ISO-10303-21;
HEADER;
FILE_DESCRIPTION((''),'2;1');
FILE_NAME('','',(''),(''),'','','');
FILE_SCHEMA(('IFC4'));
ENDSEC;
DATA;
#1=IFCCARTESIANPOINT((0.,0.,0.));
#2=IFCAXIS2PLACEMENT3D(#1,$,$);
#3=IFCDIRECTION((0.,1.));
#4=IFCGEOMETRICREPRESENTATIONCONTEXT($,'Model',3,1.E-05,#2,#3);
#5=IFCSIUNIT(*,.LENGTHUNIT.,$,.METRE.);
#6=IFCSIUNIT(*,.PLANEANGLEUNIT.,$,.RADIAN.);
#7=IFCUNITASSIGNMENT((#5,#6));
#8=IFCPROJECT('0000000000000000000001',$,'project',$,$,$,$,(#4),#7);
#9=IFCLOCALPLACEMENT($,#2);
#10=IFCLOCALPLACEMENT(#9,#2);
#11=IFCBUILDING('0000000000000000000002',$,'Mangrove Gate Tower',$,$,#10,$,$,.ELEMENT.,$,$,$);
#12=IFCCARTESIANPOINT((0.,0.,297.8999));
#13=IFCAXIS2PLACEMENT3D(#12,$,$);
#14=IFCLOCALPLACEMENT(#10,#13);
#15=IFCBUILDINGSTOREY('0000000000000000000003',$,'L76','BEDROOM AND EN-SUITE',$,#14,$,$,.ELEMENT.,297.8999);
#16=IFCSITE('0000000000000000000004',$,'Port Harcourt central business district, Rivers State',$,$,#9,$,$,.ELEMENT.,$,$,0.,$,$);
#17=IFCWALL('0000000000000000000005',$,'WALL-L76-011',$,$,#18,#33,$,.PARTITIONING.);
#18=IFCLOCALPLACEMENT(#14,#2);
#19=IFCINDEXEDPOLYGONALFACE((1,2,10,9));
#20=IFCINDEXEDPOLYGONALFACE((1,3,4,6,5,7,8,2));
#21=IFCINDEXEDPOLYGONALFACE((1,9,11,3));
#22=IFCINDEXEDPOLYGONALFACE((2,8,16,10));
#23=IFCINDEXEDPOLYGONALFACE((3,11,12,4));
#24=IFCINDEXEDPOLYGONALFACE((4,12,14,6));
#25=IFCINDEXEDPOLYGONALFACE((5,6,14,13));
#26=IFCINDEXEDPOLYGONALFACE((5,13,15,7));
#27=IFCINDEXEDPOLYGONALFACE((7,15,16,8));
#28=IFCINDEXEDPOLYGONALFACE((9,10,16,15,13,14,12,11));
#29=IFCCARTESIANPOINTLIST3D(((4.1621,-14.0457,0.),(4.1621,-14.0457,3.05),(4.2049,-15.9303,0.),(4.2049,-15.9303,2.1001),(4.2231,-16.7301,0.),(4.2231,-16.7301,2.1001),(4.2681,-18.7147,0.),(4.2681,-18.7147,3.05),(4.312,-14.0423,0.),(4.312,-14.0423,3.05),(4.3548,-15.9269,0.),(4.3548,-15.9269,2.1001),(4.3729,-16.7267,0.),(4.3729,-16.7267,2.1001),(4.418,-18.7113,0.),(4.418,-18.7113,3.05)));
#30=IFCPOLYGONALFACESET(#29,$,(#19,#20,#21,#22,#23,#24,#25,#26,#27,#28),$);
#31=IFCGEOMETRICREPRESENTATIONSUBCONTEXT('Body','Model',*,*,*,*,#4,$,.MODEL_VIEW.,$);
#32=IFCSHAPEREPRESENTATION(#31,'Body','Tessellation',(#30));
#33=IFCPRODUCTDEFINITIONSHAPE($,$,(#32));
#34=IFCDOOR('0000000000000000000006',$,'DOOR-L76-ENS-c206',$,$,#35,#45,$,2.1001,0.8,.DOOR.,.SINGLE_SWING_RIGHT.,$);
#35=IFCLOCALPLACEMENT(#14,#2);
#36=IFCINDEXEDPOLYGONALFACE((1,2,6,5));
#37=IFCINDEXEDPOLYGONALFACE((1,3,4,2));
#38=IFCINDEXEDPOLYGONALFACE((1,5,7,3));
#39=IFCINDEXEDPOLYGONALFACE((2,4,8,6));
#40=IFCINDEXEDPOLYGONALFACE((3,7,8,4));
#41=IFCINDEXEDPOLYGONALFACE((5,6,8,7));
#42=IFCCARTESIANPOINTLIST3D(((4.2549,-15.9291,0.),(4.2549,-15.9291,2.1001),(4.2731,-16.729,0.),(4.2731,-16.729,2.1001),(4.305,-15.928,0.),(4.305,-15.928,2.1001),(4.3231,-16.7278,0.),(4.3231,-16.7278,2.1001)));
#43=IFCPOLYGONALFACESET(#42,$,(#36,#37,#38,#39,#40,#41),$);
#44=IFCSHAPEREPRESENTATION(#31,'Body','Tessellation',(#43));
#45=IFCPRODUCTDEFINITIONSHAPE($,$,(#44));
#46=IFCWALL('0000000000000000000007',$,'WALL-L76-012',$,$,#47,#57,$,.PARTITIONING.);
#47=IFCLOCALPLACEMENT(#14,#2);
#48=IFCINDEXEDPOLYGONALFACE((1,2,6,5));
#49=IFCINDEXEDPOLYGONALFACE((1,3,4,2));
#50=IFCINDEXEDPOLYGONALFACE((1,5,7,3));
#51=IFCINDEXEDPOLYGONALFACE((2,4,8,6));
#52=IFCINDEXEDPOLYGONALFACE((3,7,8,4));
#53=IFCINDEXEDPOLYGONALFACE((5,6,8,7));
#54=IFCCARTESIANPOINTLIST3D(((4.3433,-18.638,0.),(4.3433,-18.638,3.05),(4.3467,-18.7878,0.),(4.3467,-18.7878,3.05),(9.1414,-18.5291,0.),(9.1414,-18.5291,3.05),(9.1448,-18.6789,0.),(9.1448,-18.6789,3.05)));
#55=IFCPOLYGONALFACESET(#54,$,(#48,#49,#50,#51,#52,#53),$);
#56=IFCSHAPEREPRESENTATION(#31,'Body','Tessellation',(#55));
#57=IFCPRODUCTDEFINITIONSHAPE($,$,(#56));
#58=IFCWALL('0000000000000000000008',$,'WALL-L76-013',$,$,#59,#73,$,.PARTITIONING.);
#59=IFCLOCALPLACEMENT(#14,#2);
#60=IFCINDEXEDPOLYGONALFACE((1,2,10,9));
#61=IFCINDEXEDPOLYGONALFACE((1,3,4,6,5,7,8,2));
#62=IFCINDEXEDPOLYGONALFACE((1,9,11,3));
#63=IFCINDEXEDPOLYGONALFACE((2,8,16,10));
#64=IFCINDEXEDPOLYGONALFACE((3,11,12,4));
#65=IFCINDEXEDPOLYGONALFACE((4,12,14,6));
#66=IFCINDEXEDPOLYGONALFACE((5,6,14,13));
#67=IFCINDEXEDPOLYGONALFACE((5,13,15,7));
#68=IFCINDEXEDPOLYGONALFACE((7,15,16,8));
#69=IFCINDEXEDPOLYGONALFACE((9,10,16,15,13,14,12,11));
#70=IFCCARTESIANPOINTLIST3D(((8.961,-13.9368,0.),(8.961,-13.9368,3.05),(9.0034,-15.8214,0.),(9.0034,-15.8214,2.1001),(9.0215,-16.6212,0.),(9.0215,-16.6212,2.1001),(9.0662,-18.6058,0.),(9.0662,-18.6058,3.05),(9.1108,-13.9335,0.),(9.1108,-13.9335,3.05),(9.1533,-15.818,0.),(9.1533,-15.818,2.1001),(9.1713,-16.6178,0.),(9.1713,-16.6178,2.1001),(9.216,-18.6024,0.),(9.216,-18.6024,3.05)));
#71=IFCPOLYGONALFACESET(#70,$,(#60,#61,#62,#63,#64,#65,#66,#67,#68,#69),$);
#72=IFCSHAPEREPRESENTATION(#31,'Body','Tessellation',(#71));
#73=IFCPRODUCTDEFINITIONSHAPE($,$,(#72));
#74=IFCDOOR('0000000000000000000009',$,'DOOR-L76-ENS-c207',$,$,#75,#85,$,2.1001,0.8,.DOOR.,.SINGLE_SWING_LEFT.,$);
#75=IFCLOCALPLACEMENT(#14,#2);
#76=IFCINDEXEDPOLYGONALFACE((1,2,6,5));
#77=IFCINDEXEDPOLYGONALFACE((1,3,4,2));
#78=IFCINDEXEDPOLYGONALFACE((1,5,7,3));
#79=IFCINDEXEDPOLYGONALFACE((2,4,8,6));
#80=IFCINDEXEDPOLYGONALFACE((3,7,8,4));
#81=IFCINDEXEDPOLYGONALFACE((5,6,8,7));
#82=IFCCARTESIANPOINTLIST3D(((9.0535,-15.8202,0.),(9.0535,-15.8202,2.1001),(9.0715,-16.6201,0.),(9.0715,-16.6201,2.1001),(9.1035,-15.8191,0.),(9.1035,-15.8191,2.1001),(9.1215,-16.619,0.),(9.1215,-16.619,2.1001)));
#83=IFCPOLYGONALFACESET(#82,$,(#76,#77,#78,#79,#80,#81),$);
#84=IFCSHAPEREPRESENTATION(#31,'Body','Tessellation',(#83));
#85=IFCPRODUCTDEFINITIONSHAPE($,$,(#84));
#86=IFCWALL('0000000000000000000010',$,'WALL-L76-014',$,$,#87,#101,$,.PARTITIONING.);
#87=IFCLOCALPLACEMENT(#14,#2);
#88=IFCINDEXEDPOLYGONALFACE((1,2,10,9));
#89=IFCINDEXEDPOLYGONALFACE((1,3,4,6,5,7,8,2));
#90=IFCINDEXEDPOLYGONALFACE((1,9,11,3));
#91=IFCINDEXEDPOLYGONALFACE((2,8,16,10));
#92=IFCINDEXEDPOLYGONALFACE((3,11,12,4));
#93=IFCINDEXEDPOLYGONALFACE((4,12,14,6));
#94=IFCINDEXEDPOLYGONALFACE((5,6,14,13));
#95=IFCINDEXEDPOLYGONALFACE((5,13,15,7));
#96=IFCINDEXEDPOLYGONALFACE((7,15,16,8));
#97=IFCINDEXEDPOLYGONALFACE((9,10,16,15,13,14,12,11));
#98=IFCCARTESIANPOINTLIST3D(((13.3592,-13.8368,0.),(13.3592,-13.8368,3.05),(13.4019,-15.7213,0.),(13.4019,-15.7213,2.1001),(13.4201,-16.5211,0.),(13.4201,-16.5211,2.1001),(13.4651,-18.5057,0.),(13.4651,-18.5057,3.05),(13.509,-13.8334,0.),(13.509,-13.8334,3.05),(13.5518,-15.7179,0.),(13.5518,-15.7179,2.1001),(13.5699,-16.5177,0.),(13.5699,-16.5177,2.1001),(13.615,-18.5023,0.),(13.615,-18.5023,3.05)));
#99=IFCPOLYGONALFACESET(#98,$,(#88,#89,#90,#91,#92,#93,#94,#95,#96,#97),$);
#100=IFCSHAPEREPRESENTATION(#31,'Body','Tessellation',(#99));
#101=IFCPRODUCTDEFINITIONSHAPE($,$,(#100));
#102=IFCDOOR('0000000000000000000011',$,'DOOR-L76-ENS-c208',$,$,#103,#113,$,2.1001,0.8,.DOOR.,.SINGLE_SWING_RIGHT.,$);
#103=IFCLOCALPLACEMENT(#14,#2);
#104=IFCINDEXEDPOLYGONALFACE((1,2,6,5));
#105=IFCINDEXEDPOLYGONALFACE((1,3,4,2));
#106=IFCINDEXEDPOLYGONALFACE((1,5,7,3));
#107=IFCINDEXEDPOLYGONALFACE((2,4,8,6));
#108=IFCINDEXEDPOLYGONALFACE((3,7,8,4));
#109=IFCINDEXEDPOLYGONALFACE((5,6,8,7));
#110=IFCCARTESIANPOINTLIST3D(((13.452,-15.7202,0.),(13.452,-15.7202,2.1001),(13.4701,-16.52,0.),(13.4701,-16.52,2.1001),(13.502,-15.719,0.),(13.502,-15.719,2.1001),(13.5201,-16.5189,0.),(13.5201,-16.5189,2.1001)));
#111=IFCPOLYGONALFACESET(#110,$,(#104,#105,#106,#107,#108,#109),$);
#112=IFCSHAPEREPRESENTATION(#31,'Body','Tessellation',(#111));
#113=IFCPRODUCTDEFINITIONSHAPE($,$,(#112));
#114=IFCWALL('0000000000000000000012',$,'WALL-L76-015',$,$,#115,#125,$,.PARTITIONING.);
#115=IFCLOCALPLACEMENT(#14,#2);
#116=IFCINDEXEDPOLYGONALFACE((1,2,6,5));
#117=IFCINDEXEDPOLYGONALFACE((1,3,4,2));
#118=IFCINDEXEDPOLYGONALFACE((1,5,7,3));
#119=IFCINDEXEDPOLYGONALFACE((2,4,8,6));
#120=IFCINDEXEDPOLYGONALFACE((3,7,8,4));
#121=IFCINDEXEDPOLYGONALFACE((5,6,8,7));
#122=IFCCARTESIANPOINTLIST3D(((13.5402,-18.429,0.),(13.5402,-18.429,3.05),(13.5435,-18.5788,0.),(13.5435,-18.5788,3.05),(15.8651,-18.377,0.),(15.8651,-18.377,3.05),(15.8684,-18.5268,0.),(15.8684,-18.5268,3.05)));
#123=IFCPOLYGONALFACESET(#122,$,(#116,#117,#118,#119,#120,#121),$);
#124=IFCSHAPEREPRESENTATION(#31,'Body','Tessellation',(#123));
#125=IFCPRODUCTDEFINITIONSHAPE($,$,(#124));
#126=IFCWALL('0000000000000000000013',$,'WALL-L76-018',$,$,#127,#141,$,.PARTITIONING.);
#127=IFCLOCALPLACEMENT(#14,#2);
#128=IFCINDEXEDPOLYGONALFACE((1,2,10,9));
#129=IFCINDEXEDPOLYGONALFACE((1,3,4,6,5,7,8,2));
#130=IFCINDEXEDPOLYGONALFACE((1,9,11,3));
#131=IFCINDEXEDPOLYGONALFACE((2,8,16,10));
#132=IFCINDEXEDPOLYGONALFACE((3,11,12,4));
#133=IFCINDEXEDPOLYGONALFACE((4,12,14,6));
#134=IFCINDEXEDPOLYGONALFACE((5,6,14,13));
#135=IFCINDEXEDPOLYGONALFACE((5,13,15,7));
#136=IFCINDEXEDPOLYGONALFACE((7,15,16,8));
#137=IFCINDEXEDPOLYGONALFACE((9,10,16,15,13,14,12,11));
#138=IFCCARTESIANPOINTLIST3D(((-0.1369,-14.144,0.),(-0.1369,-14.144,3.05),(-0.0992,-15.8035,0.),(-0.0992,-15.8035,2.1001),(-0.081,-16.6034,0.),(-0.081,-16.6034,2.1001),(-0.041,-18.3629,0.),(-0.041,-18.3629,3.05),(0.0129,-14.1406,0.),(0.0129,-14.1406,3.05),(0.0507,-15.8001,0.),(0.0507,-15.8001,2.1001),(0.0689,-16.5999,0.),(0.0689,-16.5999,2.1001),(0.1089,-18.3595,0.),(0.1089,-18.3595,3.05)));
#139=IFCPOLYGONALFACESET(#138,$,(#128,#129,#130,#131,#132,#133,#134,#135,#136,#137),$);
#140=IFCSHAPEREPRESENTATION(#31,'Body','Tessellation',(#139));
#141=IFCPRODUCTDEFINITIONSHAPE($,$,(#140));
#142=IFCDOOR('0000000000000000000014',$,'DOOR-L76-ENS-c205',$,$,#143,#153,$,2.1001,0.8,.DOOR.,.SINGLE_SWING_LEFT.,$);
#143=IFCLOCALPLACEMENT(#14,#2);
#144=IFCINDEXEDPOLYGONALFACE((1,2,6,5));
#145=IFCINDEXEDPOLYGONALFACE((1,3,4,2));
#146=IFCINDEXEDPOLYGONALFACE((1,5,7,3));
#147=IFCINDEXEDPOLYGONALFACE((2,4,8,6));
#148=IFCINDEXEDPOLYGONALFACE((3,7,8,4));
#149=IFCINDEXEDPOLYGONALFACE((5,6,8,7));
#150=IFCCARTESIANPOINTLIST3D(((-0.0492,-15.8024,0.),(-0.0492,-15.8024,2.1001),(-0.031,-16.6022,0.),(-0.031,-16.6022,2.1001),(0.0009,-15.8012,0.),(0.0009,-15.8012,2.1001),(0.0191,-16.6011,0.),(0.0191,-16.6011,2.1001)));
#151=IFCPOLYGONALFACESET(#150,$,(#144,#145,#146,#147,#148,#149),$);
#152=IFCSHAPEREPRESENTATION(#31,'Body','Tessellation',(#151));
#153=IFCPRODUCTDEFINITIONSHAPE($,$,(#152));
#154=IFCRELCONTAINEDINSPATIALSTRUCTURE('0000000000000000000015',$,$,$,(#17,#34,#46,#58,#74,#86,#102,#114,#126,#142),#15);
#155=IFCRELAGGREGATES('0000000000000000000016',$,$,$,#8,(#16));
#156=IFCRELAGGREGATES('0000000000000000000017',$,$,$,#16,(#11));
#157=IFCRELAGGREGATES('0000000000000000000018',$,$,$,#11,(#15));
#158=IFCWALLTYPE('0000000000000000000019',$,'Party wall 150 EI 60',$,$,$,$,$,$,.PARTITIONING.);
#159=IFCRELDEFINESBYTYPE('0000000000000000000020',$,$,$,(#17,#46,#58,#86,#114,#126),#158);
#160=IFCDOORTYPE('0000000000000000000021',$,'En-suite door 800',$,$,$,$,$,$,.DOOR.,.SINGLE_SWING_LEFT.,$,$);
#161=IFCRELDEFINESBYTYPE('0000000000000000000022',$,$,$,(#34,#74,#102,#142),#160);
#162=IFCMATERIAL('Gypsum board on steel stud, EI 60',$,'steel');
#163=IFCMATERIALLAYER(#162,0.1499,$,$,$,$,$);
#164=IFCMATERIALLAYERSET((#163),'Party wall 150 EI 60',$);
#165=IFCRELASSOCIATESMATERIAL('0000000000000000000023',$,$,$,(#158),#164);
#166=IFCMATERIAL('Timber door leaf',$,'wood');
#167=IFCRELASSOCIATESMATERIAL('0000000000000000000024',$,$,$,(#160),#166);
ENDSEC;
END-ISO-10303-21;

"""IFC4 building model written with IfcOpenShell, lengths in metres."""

from ifc_helpers import new_model, si_unit, direction, frame, frame_2d, origin, place, context, subcontext, project, spatial, rectangle, extrude, material, layer, layer_set, type_object, element, fill, save


model = new_model("IFC4")

# Units and contexts
model_context = context("Model", 3, precision=1e-05, world=origin(), true_north=direction((0.0, 1.0)))
body_context = subcontext(model_context, "Body", "Model", "MODEL_VIEW")
ifc_project = project(units=[si_unit("LENGTHUNIT", "METRE"), si_unit("PLANEANGLEUNIT", "RADIAN")], contexts=[model_context])

# Site, building, storey
site_placement = place(None, origin())
site = spatial("IfcSite", under=ifc_project, at=site_placement, Name="Port Harcourt central business district, Rivers State", CompositionType="ELEMENT", RefElevation=0.0)
building_placement = place(site_placement, origin())
building = spatial("IfcBuilding", under=site, at=building_placement, Name="Mangrove Gate Tower", CompositionType="ELEMENT")
storey_placement = place(building_placement, frame((0.0, 0.0, 297.8999)))
storey = spatial("IfcBuildingStorey", under=building, at=storey_placement, Name="L76", Description="BEDROOM AND EN-SUITE", CompositionType="ELEMENT", Elevation=297.8999)

# Shared definitions
ifc_material_1 = material(Name="Gypsum board on steel stud, EI 60", Category="steel")
ifc_layer_1 = layer(ifc_material_1, 0.1499)
ifc_layer_set_1 = layer_set([ifc_layer_1], Name="Party wall 150 EI 60")
wall_type_1 = type_object("IfcWallType", Name="Party wall 150 EI 60", PredefinedType="PARTITIONING", material=ifc_layer_set_1)

# Wall, opening, door
wall_1_placement = place(storey_placement, frame((4.343, -18.7129, 0.0), z_axis=(0.0, 0.0, 1.0), x_axis=(-0.022688, 0.999743, 0.0)))
wall_1 = element("IfcWall", 1, at=wall_1_placement, inside=storey, type_object=wall_type_1, Name="WALL-L76-011", PredefinedType="PARTITIONING", context=body_context, shape_type="SweptSolid", body=[
    extrude(rectangle(XDim=4.6702, YDim=0.1499, at=frame_2d((2.335, 0.0))), origin(), (0.0, 0.0, 1.0), 3.05),
])
opening_1_placement = place(wall_1_placement, frame((1.9851, 0.0, 0.0)))
opening_1 = element("IfcOpeningElement", 2, at=opening_1_placement, cuts=wall_1, PredefinedType="OPENING", context=body_context, shape_type="SweptSolid", body=[
    extrude(rectangle(XDim=0.8, YDim=2.1001, at=frame_2d((0.3999, 1.05))), frame((0.0, 0.085, 0.0), z_axis=(0.0, -1.0, 0.0), x_axis=(1.0, 0.0, 0.0)), (0.0, 0.0, 1.0), 0.1699),
])
ifc_material_2 = material(Name="Timber door leaf", Category="wood")
door_type_1 = type_object("IfcDoorType", Name="En-suite door 800", OperationType="SINGLE_SWING_LEFT", PredefinedType="DOOR", material=ifc_material_2)
door_1_placement = place(opening_1_placement, origin())
door_1 = element("IfcDoor", 3, at=door_1_placement, inside=storey, type_object=door_type_1, Name="DOOR-L76-ENS-c206", OperationType="SINGLE_SWING_RIGHT", OverallHeight=2.1001, OverallWidth=0.8, PredefinedType="DOOR", context=body_context, shape_type="SweptSolid", body=[
    extrude(rectangle(XDim=0.8, YDim=2.1001, at=frame_2d((0.3999, 1.05))), frame((0.0, 0.0249, 0.0), z_axis=(0.0, -1.0, 0.0), x_axis=(1.0, 0.0, 0.0)), (0.0, 0.0, 1.0), 0.05),
])
fill(opening_1, door_1)

# Wall
wall_2_placement = place(storey_placement, frame((4.345, -18.7129, 0.0), z_axis=(0.0, 0.0, 1.0), x_axis=(0.999743, 0.022688, 0.0)))
element("IfcWall", 4, at=wall_2_placement, inside=storey, type_object=wall_type_1, Name="WALL-L76-012", PredefinedType="PARTITIONING", context=body_context, shape_type="SweptSolid", body=[
    extrude(rectangle(XDim=4.7993, YDim=0.1499, at=frame_2d((2.3997, 0.0))), origin(), (0.0, 0.0, 1.0), 3.05),
])

# Walls, openings, doors
wall_3_placement = place(storey_placement, frame((9.1411, -18.604, 0.0), z_axis=(0.0, 0.0, 1.0), x_axis=(-0.022531, 0.999746, 0.0)))
wall_3 = element("IfcWall", 5, at=wall_3_placement, inside=storey, type_object=wall_type_1, Name="WALL-L76-013", PredefinedType="PARTITIONING", context=body_context, shape_type="SweptSolid", body=[
    extrude(rectangle(XDim=4.6702, YDim=0.1499, at=frame_2d((2.335, 0.0))), origin(), (0.0, 0.0, 1.0), 3.05),
])
opening_2_placement = place(wall_3_placement, frame((1.9851, 0.0, 0.0)))
opening_2 = element("IfcOpeningElement", 6, at=opening_2_placement, cuts=wall_3, PredefinedType="OPENING", context=body_context, shape_type="SweptSolid", body=[
    extrude(rectangle(XDim=0.8, YDim=2.1001, at=frame_2d((0.3999, 1.05))), frame((0.0, 0.085, 0.0), z_axis=(0.0, -1.0, 0.0), x_axis=(1.0, 0.0, 0.0)), (0.0, 0.0, 1.0), 0.1699),
])
door_2_placement = place(opening_2_placement, origin())
door_2 = element("IfcDoor", 7, at=door_2_placement, inside=storey, type_object=door_type_1, Name="DOOR-L76-ENS-c207", OperationType="SINGLE_SWING_LEFT", OverallHeight=2.1001, OverallWidth=0.8, PredefinedType="DOOR", context=body_context, shape_type="SweptSolid", body=[
    extrude(rectangle(XDim=0.8, YDim=2.1001, at=frame_2d((0.3999, 1.05))), frame((0.0, 0.0249, 0.0), z_axis=(0.0, -1.0, 0.0), x_axis=(1.0, 0.0, 0.0)), (0.0, 0.0, 1.0), 0.05),
])
fill(opening_2, door_2)
wall_4_placement = place(storey_placement, frame((13.54, -18.5039, 0.0), z_axis=(0.0, 0.0, 1.0), x_axis=(-0.022688, 0.999743, 0.0)))
wall_4 = element("IfcWall", 8, at=wall_4_placement, inside=storey, type_object=wall_type_1, Name="WALL-L76-014", PredefinedType="PARTITIONING", context=body_context, shape_type="SweptSolid", body=[
    extrude(rectangle(XDim=4.6702, YDim=0.1499, at=frame_2d((2.335, 0.0))), origin(), (0.0, 0.0, 1.0), 3.05),
])
opening_3_placement = place(wall_4_placement, frame((1.9851, 0.0, 0.0)))
opening_3 = element("IfcOpeningElement", 9, at=opening_3_placement, cuts=wall_4, PredefinedType="OPENING", context=body_context, shape_type="SweptSolid", body=[
    extrude(rectangle(XDim=0.8, YDim=2.1001, at=frame_2d((0.3999, 1.05))), frame((0.0, 0.085, 0.0), z_axis=(0.0, -1.0, 0.0), x_axis=(1.0, 0.0, 0.0)), (0.0, 0.0, 1.0), 0.1699),
])
door_3_placement = place(opening_3_placement, origin())
door_3 = element("IfcDoor", 10, at=door_3_placement, inside=storey, type_object=door_type_1, Name="DOOR-L76-ENS-c208", OperationType="SINGLE_SWING_RIGHT", OverallHeight=2.1001, OverallWidth=0.8, PredefinedType="DOOR", context=body_context, shape_type="SweptSolid", body=[
    extrude(rectangle(XDim=0.8, YDim=2.1001, at=frame_2d((0.3999, 1.05))), frame((0.0, 0.0249, 0.0), z_axis=(0.0, -1.0, 0.0), x_axis=(1.0, 0.0, 0.0)), (0.0, 0.0, 1.0), 0.05),
])
fill(opening_3, door_3)

# Wall
wall_5_placement = place(storey_placement, frame((13.542, -18.5039, 0.0), z_axis=(0.0, 0.0, 1.0), x_axis=(0.99975, 0.022361, 0.0)))
element("IfcWall", 11, at=wall_5_placement, inside=storey, type_object=wall_type_1, Name="WALL-L76-015", PredefinedType="PARTITIONING", context=body_context, shape_type="SweptSolid", body=[
    extrude(rectangle(XDim=2.3254, YDim=0.1499, at=frame_2d((1.1626, 0.0))), origin(), (0.0, 0.0, 1.0), 3.05),
])

# Wall, opening, door
wall_6_placement = place(storey_placement, frame((0.0339, -18.3611, 0.0), z_axis=(0.0, 0.0, 1.0), x_axis=(-0.022736, 0.999742, 0.0)))
wall_6 = element("IfcWall", 12, at=wall_6_placement, inside=storey, type_object=wall_type_1, Name="WALL-L76-018", PredefinedType="PARTITIONING", context=body_context, shape_type="SweptSolid", body=[
    extrude(rectangle(XDim=4.22, YDim=0.1499, at=frame_2d((2.1099, 0.0))), origin(), (0.0, 0.0, 1.0), 3.05),
])
opening_4_placement = place(wall_6_placement, frame((1.76, 0.0, 0.0)))
opening_4 = element("IfcOpeningElement", 13, at=opening_4_placement, cuts=wall_6, PredefinedType="OPENING", context=body_context, shape_type="SweptSolid", body=[
    extrude(rectangle(XDim=0.8, YDim=2.1001, at=frame_2d((0.3999, 1.05))), frame((0.0, 0.085, 0.0), z_axis=(0.0, -1.0, 0.0), x_axis=(1.0, 0.0, 0.0)), (0.0, 0.0, 1.0), 0.1699),
])
door_4_placement = place(opening_4_placement, origin())
door_4 = element("IfcDoor", 14, at=door_4_placement, inside=storey, type_object=door_type_1, Name="DOOR-L76-ENS-c205", OperationType="SINGLE_SWING_LEFT", OverallHeight=2.1001, OverallWidth=0.8, PredefinedType="DOOR", context=body_context, shape_type="SweptSolid", body=[
    extrude(rectangle(XDim=0.8, YDim=2.1001, at=frame_2d((0.3999, 1.05))), frame((0.0, 0.0249, 0.0), z_axis=(0.0, -1.0, 0.0), x_axis=(1.0, 0.0, 0.0)), (0.0, 0.0, 1.0), 0.05),
])
fill(opening_4, door_4)

save(model, "model.ifc")
